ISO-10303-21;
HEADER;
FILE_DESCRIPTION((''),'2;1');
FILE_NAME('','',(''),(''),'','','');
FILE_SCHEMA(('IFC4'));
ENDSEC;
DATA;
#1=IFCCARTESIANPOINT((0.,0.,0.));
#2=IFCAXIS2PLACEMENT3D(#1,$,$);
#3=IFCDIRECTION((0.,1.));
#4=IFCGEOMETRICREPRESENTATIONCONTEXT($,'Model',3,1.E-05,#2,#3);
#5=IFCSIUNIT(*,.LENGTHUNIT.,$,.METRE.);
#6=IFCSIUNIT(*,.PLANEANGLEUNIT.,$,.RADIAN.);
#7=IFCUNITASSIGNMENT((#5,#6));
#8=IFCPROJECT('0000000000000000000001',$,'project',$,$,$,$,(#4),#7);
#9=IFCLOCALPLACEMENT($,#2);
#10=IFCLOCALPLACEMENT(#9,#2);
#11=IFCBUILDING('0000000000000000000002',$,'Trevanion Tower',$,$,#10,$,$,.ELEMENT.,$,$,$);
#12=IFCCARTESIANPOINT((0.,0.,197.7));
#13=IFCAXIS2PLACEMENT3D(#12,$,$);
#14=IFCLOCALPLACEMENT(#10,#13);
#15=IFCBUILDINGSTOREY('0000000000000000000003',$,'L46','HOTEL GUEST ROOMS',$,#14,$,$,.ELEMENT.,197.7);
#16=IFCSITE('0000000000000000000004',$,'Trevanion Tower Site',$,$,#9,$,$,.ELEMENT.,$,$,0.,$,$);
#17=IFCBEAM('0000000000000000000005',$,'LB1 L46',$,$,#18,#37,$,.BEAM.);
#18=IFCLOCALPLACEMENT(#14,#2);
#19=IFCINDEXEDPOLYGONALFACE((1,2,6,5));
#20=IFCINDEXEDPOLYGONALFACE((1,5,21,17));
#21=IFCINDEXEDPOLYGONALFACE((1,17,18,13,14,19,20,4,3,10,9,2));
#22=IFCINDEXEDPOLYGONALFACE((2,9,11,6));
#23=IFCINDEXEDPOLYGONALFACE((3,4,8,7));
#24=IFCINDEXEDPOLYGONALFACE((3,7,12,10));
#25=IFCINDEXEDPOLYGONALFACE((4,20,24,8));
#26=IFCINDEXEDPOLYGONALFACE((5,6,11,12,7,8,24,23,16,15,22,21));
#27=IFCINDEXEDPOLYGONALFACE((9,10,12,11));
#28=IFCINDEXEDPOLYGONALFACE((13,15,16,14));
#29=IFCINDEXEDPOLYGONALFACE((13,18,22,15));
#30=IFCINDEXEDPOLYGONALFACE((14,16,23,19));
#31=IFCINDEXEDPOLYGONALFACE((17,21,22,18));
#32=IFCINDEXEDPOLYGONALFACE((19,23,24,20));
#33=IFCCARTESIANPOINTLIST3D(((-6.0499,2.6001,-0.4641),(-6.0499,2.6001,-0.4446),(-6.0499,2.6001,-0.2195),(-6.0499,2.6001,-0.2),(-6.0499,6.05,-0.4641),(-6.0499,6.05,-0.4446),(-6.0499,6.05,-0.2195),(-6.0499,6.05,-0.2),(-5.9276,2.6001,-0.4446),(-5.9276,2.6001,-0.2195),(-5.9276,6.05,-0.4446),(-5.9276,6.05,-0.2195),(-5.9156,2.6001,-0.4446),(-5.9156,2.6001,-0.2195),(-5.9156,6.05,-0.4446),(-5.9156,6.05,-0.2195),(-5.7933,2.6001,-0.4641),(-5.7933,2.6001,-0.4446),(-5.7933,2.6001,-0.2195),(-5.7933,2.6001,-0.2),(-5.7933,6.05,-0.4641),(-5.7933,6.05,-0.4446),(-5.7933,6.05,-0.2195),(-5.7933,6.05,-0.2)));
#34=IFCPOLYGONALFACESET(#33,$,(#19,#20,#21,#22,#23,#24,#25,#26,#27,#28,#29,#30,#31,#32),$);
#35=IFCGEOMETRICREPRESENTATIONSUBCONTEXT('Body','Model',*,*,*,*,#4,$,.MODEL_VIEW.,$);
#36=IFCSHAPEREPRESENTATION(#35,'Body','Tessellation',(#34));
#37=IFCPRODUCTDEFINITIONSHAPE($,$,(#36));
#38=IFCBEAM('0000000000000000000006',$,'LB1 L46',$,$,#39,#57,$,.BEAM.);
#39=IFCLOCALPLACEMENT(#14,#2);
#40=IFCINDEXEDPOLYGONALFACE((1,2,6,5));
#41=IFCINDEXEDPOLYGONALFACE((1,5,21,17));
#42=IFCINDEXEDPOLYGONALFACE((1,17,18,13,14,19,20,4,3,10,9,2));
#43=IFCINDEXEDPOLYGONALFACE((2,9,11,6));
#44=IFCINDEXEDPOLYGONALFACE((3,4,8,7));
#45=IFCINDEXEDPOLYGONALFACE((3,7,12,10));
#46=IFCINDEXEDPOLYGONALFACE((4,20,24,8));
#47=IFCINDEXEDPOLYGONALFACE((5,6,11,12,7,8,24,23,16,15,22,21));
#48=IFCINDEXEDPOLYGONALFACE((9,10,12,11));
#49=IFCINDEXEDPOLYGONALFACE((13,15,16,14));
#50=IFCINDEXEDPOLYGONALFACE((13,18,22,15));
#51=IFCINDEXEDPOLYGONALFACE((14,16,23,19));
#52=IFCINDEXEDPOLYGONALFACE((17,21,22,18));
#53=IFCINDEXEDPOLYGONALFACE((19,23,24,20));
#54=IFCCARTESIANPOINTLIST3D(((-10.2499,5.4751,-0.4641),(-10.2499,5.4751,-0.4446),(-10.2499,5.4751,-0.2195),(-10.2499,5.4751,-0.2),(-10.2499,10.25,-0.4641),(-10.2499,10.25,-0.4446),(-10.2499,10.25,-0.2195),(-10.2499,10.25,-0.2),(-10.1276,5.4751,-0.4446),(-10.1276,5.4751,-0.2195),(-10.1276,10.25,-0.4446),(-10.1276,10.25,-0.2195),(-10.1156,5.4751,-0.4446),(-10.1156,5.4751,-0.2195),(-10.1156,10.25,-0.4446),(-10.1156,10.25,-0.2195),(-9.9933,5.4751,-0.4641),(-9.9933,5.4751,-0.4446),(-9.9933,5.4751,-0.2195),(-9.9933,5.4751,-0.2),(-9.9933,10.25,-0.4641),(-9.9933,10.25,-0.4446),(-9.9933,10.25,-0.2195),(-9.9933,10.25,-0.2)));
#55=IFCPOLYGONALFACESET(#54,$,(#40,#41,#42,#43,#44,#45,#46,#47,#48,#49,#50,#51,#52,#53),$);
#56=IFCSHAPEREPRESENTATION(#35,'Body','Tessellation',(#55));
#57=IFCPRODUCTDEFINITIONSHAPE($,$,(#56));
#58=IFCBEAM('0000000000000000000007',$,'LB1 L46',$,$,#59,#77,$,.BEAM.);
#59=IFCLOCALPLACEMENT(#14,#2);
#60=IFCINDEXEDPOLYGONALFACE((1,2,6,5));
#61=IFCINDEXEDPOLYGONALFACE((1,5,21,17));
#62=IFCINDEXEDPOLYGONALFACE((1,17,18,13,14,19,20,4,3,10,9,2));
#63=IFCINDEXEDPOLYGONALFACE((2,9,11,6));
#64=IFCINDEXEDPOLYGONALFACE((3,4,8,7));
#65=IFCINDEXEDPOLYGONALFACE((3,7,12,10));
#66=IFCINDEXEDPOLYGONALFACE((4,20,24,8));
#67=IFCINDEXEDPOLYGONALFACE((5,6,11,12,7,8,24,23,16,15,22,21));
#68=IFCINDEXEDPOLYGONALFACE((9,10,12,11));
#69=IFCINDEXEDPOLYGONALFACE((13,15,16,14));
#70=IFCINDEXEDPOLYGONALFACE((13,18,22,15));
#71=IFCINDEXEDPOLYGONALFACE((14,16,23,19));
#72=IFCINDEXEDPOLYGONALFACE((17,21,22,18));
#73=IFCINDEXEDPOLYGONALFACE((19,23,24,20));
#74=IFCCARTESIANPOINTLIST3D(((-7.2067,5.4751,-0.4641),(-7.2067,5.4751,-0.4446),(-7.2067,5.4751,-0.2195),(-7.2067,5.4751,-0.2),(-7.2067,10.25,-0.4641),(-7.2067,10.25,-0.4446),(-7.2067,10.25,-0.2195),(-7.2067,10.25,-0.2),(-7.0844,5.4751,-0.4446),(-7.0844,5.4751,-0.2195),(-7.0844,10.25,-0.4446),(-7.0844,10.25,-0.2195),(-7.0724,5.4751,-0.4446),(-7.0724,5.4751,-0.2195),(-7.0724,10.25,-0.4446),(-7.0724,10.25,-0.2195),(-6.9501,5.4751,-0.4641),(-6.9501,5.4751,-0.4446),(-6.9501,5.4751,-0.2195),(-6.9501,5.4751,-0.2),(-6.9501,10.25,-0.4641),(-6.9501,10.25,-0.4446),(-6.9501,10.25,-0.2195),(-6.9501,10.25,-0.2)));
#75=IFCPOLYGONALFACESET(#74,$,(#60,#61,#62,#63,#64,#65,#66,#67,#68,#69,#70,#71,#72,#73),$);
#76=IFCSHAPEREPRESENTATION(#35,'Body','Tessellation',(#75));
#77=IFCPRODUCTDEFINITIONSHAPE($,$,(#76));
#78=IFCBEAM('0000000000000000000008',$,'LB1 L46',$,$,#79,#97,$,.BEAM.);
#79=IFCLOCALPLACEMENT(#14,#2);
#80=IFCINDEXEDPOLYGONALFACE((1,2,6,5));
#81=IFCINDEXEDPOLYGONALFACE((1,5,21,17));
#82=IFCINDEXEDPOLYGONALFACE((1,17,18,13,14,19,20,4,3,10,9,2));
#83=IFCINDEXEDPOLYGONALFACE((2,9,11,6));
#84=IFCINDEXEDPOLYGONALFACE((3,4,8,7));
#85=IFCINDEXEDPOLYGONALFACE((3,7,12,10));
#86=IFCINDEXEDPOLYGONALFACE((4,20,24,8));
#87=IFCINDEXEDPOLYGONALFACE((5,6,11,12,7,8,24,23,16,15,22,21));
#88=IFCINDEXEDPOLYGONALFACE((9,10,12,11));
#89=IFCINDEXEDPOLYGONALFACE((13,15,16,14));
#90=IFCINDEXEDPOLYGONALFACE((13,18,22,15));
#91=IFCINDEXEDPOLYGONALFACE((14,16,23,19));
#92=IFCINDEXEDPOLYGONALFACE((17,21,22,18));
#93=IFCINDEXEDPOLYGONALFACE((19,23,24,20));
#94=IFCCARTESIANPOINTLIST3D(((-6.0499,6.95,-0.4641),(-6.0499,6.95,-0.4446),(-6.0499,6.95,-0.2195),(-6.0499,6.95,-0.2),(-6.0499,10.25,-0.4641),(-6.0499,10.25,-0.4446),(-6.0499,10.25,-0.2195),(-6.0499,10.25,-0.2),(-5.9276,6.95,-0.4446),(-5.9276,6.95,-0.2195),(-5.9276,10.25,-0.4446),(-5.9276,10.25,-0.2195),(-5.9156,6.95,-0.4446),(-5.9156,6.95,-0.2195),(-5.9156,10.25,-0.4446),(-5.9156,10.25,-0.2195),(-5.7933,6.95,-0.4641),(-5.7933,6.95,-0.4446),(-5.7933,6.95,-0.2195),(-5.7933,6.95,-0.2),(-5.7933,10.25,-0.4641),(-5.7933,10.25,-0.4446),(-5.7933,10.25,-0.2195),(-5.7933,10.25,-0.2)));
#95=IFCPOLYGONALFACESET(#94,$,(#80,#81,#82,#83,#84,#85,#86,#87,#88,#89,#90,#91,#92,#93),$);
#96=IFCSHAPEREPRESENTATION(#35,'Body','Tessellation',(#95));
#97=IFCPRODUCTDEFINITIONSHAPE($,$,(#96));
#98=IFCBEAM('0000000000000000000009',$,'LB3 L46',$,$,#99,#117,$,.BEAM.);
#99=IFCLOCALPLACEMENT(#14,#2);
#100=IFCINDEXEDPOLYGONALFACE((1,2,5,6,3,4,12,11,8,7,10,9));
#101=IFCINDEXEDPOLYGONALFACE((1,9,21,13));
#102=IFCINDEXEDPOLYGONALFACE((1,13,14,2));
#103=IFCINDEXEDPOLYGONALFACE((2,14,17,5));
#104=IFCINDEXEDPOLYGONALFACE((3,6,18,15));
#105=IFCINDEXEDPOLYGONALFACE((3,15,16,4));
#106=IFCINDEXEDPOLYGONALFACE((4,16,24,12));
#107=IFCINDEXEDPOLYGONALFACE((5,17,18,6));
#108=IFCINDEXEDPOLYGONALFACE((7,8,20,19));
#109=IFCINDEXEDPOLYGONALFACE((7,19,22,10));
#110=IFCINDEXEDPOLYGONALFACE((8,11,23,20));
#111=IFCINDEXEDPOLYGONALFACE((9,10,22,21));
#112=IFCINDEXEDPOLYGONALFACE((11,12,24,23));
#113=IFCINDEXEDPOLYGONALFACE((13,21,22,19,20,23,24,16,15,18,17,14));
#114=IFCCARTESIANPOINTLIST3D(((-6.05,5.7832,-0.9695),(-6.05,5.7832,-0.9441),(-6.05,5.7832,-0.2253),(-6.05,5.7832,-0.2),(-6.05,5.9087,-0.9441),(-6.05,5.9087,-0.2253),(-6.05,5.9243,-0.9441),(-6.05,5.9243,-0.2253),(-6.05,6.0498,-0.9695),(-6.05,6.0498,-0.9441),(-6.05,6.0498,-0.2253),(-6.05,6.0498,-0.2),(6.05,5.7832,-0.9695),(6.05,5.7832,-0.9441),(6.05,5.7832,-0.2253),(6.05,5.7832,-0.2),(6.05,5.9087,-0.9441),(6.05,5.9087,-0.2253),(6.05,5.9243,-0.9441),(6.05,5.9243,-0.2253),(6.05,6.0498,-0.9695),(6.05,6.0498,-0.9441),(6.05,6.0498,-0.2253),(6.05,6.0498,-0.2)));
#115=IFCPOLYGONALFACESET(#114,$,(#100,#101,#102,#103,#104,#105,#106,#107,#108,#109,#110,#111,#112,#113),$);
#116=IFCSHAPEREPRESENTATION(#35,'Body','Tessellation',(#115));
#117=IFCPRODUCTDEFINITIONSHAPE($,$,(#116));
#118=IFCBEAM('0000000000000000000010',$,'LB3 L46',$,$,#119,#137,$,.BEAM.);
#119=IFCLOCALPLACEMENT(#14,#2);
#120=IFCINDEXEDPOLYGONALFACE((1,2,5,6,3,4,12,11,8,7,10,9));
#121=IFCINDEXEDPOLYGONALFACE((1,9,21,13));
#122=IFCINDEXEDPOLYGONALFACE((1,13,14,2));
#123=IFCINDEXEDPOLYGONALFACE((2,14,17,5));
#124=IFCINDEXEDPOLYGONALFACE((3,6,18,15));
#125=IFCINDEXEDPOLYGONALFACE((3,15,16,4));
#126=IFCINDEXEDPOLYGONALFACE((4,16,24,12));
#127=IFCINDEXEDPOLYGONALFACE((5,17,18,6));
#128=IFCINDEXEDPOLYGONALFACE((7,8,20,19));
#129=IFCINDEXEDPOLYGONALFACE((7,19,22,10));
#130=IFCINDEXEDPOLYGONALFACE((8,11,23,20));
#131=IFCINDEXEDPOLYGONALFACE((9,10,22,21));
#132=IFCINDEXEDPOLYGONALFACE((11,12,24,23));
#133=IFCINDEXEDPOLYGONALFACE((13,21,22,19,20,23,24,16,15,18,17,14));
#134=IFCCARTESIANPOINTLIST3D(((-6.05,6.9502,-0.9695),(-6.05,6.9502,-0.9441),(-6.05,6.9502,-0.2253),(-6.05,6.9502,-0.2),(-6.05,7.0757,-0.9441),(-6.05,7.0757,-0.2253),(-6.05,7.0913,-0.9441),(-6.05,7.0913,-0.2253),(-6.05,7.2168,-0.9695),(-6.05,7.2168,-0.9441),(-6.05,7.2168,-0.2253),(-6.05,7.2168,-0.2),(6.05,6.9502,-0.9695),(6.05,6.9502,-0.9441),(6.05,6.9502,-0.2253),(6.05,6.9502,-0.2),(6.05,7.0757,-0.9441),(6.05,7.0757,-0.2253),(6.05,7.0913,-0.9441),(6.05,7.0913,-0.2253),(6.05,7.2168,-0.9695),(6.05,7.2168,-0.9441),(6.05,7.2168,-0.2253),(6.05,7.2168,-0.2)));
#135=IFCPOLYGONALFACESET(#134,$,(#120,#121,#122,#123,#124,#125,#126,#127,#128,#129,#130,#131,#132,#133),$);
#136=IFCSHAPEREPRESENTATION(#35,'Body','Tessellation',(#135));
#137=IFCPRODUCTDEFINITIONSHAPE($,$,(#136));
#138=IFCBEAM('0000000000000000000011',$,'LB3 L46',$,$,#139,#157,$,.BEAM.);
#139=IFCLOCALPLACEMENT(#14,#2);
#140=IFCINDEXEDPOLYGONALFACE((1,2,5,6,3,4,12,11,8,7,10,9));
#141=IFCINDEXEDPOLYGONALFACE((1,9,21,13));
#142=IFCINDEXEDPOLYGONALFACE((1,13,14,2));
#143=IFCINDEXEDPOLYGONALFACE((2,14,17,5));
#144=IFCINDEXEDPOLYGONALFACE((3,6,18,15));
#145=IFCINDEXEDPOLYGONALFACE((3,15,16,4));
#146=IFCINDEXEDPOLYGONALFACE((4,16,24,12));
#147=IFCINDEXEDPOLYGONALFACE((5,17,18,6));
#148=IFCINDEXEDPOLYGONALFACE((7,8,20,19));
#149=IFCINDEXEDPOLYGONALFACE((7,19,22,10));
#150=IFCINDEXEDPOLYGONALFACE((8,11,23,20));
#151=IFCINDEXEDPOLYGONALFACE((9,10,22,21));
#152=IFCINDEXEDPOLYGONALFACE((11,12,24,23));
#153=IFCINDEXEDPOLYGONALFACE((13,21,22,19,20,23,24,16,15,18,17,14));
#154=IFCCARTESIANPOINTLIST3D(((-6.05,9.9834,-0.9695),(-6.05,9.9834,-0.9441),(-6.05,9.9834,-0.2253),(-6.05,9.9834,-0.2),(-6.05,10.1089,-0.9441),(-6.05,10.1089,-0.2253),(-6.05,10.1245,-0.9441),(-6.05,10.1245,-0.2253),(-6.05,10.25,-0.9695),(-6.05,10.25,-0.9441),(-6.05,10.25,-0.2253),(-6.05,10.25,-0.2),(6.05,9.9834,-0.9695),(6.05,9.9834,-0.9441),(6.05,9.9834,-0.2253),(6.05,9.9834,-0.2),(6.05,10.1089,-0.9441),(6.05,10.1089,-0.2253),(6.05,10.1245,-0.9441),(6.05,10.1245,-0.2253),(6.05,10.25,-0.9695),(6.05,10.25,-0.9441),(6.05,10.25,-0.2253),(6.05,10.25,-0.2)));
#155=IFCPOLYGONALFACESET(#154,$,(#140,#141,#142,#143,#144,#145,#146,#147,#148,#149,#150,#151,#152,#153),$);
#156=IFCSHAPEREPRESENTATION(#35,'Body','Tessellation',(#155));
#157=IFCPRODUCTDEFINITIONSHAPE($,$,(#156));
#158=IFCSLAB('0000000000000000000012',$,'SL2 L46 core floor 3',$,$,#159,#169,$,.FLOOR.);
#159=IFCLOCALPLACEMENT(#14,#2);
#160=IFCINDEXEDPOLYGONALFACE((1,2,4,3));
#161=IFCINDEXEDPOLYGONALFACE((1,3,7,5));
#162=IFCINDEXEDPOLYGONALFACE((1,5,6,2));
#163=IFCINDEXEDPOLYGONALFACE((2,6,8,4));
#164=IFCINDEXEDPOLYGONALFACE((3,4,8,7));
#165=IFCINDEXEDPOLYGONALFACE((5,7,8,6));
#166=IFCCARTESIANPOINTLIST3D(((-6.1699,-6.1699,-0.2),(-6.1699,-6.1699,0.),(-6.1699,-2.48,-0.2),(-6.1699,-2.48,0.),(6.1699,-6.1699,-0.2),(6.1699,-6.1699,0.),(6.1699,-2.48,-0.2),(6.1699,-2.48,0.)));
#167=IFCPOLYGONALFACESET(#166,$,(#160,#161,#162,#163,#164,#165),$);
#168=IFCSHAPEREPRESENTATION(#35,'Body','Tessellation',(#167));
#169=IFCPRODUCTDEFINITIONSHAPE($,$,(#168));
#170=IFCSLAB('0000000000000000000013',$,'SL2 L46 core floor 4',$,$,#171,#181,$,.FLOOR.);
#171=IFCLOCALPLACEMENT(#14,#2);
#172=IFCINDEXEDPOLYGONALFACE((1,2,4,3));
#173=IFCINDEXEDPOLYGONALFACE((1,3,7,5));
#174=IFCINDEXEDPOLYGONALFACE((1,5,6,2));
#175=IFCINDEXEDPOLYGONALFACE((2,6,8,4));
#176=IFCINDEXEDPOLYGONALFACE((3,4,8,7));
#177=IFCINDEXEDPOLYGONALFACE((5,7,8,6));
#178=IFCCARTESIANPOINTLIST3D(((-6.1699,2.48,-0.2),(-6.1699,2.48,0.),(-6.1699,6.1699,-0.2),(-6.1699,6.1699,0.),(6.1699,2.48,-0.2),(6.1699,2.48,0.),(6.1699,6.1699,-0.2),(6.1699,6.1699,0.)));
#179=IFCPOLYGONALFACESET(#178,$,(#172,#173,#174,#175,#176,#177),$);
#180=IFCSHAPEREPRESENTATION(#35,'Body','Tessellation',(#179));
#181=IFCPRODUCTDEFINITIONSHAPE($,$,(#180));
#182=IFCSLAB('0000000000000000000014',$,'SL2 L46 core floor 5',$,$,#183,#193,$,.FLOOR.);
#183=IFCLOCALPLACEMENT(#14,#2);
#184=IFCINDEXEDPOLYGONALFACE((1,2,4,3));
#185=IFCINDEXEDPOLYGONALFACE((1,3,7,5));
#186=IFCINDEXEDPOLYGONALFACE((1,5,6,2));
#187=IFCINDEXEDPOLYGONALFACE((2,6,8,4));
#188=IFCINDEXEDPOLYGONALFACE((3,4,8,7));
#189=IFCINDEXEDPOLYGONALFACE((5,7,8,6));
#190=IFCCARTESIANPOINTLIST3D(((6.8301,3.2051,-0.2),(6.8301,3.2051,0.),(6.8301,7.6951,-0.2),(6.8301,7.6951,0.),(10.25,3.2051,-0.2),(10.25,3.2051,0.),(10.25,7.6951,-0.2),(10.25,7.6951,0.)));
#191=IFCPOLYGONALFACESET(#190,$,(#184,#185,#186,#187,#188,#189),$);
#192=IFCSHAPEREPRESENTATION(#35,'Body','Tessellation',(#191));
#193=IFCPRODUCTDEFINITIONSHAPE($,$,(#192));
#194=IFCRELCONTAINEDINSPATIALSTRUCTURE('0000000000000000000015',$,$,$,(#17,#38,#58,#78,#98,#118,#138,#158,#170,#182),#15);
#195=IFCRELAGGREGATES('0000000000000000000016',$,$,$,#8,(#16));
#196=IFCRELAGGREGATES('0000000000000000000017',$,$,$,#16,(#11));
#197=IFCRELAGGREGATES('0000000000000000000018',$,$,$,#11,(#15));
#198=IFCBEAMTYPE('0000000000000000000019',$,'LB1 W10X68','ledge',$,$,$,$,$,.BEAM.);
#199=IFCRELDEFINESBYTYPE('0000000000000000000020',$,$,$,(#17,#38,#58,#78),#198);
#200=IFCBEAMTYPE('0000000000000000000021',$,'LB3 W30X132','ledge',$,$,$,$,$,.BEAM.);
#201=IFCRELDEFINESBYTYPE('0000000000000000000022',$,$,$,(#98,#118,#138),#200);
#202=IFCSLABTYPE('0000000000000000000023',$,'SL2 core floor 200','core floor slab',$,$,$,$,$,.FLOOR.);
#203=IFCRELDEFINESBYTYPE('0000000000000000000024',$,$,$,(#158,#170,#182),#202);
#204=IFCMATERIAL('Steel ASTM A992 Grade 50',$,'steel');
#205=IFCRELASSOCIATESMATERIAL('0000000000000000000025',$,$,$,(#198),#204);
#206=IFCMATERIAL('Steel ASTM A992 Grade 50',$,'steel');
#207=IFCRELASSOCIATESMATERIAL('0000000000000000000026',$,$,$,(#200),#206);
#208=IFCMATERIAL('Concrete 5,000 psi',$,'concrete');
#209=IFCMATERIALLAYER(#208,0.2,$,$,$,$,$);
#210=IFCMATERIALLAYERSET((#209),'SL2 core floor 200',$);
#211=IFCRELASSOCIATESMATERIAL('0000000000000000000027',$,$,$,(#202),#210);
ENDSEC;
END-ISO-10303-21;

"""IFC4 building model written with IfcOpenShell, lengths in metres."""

from ifc_helpers import new_model, si_unit, direction, frame, origin, origin_2d, place, context, subcontext, project, spatial, polyline, i_section, outline, extrude, material, layer, layer_set, material_profile, profile_set, type_object, element, save


model = new_model("IFC4")

# Units and contexts
model_context = context("Model", 3, precision=1e-05, world=origin(), true_north=direction((0.0, 1.0)))
body_context = subcontext(model_context, "Body", "Model", "MODEL_VIEW")
ifc_project = project(units=[si_unit("LENGTHUNIT", "METRE"), si_unit("PLANEANGLEUNIT", "RADIAN")], contexts=[model_context])

# Site, building, storey
site_placement = place(None, origin())
site = spatial("IfcSite", under=ifc_project, at=site_placement, Name="Trevanion Tower Site", CompositionType="ELEMENT", RefElevation=0.0)
building_placement = place(site_placement, origin())
building = spatial("IfcBuilding", under=site, at=building_placement, Name="Trevanion Tower", CompositionType="ELEMENT")
storey_placement = place(building_placement, frame((0.0, 0.0, 197.7)))
storey = spatial("IfcBuildingStorey", under=building, at=storey_placement, Name="L46", Description="HOTEL GUEST ROOMS", CompositionType="ELEMENT", Elevation=197.7)

# Beams
ifc_material_1 = material(Name="Steel ASTM A992 Grade 50", Category="steel")
ifc_material_profile_1 = material_profile(ifc_material_1, i_section(OverallWidth=0.2566, OverallDepth=0.2642, WebThickness=0.012, FlangeThickness=0.0195, at=origin_2d()), Name="W10X68")
ifc_profile_set_1 = profile_set([ifc_material_profile_1], Name="Steel ASTM A992 Grade 50")
beam_type_1 = type_object("IfcBeamType", Name="LB1 W10X68", Description="ledge", PredefinedType="BEAM", material=ifc_profile_set_1)
beam_1_placement = place(storey_placement, frame((-5.9216, 2.6001, -0.332), z_axis=(0.0, 1.0, 0.0), x_axis=(-1.0, 0.0, 0.0)))
element("IfcBeam", 1, at=beam_1_placement, inside=storey, type_object=beam_type_1, Name="LB1 L46", PredefinedType="BEAM", context=body_context, shape_type="SweptSolid", body=[
    extrude(i_section(OverallWidth=0.2566, OverallDepth=0.2642, WebThickness=0.012, FlangeThickness=0.0195, at=origin_2d()), origin(), (0.0, 0.0, 1.0), 3.45),
])
for number, where, z_axis, x_axis, name in (
    (2, (-10.1216, 5.4751, -0.332), (0.0, 1.0, 0.0), (-1.0, 0.0, 0.0), "LB1 L46"),
    (3, (-7.0784, 5.4751, -0.332), (0.0, 1.0, 0.0), (-1.0, 0.0, 0.0), "LB1 L46"),
):
    element("IfcBeam", number, at=place(storey_placement, frame(where, z_axis=z_axis, x_axis=x_axis)), inside=storey, type_object=beam_type_1, Name=name, PredefinedType="BEAM", context=body_context, shape_type="SweptSolid", body=[
        extrude(i_section(OverallWidth=0.2566, OverallDepth=0.2642, WebThickness=0.012, FlangeThickness=0.0195, at=origin_2d()), origin(), (0.0, 0.0, 1.0), 4.7749),
    ])
beam_2_placement = place(storey_placement, frame((-5.9216, 6.95, -0.332), z_axis=(0.0, 1.0, 0.0), x_axis=(-1.0, 0.0, 0.0)))
element("IfcBeam", 4, at=beam_2_placement, inside=storey, type_object=beam_type_1, Name="LB1 L46", PredefinedType="BEAM", context=body_context, shape_type="SweptSolid", body=[
    extrude(i_section(OverallWidth=0.2566, OverallDepth=0.2642, WebThickness=0.012, FlangeThickness=0.0195, at=origin_2d()), origin(), (0.0, 0.0, 1.0), 3.3),
])
ifc_material_2 = material(Name="Steel ASTM A992 Grade 50", Category="steel")
ifc_material_profile_2 = material_profile(ifc_material_2, i_section(OverallWidth=0.2666, OverallDepth=0.7695, WebThickness=0.0156, FlangeThickness=0.0254, at=origin_2d()), Name="W30X132")
ifc_profile_set_2 = profile_set([ifc_material_profile_2], Name="Steel ASTM A992 Grade 50")
beam_type_2 = type_object("IfcBeamType", Name="LB3 W30X132", Description="ledge", PredefinedType="BEAM", material=ifc_profile_set_2)
for number, where, z_axis, x_axis, name in (
    (5, (-6.05, 5.9165, -0.5847), (1.0, 0.0, 0.0), (0.0, 1.0, 0.0), "LB3 L46"),
    (6, (-6.05, 7.0835, -0.5847), (1.0, 0.0, 0.0), (0.0, 1.0, 0.0), "LB3 L46"),
    (7, (-6.05, 10.1167, -0.5847), (1.0, 0.0, 0.0), (0.0, 1.0, 0.0), "LB3 L46"),
):
    element("IfcBeam", number, at=place(storey_placement, frame(where, z_axis=z_axis, x_axis=x_axis)), inside=storey, type_object=beam_type_2, Name=name, PredefinedType="BEAM", context=body_context, shape_type="SweptSolid", body=[
        extrude(i_section(OverallWidth=0.2666, OverallDepth=0.7695, WebThickness=0.0156, FlangeThickness=0.0254, at=origin_2d()), origin(), (0.0, 0.0, 1.0), 12.1001),
    ])

# Slabs
ifc_material_3 = material(Name="Concrete 5,000 psi", Category="concrete")
ifc_layer_1 = layer(ifc_material_3, 0.2)
ifc_layer_set_1 = layer_set([ifc_layer_1], Name="SL2 core floor 200")
slab_type_1 = type_object("IfcSlabType", Name="SL2 core floor 200", Description="core floor slab", PredefinedType="FLOOR", material=ifc_layer_set_1)
slab_1_placement = place(storey_placement, frame((0.0, 0.0, -0.2)))
element("IfcSlab", 8, at=slab_1_placement, inside=storey, type_object=slab_type_1, Name="SL2 L46 core floor 3", PredefinedType="FLOOR", context=body_context, shape_type="SweptSolid", body=[
    extrude(outline(polyline([(6.1699, -6.1699), (-6.1699, -6.1699), (-6.1699, -2.48), (6.1699, -2.48), (6.1699, -6.1699)])), origin(), (0.0, 0.0, 1.0), 0.2),
])
slab_2_placement = place(storey_placement, frame((0.0, 0.0, -0.2)))
element("IfcSlab", 9, at=slab_2_placement, inside=storey, type_object=slab_type_1, Name="SL2 L46 core floor 4", PredefinedType="FLOOR", context=body_context, shape_type="SweptSolid", body=[
    extrude(outline(polyline([(6.1699, 2.48), (-6.1699, 2.48), (-6.1699, 6.1699), (6.1699, 6.1699), (6.1699, 2.48)])), origin(), (0.0, 0.0, 1.0), 0.2),
])
slab_3_placement = place(storey_placement, frame((0.0, 0.0, -0.2)))
element("IfcSlab", 10, at=slab_3_placement, inside=storey, type_object=slab_type_1, Name="SL2 L46 core floor 5", PredefinedType="FLOOR", context=body_context, shape_type="SweptSolid", body=[
    extrude(outline(polyline([(6.8301, 3.2051), (6.8301, 7.6951), (10.25, 7.6951), (10.25, 3.2051), (6.8301, 3.2051)])), origin(), (0.0, 0.0, 1.0), 0.2),
])

save(model, "model.ifc")
